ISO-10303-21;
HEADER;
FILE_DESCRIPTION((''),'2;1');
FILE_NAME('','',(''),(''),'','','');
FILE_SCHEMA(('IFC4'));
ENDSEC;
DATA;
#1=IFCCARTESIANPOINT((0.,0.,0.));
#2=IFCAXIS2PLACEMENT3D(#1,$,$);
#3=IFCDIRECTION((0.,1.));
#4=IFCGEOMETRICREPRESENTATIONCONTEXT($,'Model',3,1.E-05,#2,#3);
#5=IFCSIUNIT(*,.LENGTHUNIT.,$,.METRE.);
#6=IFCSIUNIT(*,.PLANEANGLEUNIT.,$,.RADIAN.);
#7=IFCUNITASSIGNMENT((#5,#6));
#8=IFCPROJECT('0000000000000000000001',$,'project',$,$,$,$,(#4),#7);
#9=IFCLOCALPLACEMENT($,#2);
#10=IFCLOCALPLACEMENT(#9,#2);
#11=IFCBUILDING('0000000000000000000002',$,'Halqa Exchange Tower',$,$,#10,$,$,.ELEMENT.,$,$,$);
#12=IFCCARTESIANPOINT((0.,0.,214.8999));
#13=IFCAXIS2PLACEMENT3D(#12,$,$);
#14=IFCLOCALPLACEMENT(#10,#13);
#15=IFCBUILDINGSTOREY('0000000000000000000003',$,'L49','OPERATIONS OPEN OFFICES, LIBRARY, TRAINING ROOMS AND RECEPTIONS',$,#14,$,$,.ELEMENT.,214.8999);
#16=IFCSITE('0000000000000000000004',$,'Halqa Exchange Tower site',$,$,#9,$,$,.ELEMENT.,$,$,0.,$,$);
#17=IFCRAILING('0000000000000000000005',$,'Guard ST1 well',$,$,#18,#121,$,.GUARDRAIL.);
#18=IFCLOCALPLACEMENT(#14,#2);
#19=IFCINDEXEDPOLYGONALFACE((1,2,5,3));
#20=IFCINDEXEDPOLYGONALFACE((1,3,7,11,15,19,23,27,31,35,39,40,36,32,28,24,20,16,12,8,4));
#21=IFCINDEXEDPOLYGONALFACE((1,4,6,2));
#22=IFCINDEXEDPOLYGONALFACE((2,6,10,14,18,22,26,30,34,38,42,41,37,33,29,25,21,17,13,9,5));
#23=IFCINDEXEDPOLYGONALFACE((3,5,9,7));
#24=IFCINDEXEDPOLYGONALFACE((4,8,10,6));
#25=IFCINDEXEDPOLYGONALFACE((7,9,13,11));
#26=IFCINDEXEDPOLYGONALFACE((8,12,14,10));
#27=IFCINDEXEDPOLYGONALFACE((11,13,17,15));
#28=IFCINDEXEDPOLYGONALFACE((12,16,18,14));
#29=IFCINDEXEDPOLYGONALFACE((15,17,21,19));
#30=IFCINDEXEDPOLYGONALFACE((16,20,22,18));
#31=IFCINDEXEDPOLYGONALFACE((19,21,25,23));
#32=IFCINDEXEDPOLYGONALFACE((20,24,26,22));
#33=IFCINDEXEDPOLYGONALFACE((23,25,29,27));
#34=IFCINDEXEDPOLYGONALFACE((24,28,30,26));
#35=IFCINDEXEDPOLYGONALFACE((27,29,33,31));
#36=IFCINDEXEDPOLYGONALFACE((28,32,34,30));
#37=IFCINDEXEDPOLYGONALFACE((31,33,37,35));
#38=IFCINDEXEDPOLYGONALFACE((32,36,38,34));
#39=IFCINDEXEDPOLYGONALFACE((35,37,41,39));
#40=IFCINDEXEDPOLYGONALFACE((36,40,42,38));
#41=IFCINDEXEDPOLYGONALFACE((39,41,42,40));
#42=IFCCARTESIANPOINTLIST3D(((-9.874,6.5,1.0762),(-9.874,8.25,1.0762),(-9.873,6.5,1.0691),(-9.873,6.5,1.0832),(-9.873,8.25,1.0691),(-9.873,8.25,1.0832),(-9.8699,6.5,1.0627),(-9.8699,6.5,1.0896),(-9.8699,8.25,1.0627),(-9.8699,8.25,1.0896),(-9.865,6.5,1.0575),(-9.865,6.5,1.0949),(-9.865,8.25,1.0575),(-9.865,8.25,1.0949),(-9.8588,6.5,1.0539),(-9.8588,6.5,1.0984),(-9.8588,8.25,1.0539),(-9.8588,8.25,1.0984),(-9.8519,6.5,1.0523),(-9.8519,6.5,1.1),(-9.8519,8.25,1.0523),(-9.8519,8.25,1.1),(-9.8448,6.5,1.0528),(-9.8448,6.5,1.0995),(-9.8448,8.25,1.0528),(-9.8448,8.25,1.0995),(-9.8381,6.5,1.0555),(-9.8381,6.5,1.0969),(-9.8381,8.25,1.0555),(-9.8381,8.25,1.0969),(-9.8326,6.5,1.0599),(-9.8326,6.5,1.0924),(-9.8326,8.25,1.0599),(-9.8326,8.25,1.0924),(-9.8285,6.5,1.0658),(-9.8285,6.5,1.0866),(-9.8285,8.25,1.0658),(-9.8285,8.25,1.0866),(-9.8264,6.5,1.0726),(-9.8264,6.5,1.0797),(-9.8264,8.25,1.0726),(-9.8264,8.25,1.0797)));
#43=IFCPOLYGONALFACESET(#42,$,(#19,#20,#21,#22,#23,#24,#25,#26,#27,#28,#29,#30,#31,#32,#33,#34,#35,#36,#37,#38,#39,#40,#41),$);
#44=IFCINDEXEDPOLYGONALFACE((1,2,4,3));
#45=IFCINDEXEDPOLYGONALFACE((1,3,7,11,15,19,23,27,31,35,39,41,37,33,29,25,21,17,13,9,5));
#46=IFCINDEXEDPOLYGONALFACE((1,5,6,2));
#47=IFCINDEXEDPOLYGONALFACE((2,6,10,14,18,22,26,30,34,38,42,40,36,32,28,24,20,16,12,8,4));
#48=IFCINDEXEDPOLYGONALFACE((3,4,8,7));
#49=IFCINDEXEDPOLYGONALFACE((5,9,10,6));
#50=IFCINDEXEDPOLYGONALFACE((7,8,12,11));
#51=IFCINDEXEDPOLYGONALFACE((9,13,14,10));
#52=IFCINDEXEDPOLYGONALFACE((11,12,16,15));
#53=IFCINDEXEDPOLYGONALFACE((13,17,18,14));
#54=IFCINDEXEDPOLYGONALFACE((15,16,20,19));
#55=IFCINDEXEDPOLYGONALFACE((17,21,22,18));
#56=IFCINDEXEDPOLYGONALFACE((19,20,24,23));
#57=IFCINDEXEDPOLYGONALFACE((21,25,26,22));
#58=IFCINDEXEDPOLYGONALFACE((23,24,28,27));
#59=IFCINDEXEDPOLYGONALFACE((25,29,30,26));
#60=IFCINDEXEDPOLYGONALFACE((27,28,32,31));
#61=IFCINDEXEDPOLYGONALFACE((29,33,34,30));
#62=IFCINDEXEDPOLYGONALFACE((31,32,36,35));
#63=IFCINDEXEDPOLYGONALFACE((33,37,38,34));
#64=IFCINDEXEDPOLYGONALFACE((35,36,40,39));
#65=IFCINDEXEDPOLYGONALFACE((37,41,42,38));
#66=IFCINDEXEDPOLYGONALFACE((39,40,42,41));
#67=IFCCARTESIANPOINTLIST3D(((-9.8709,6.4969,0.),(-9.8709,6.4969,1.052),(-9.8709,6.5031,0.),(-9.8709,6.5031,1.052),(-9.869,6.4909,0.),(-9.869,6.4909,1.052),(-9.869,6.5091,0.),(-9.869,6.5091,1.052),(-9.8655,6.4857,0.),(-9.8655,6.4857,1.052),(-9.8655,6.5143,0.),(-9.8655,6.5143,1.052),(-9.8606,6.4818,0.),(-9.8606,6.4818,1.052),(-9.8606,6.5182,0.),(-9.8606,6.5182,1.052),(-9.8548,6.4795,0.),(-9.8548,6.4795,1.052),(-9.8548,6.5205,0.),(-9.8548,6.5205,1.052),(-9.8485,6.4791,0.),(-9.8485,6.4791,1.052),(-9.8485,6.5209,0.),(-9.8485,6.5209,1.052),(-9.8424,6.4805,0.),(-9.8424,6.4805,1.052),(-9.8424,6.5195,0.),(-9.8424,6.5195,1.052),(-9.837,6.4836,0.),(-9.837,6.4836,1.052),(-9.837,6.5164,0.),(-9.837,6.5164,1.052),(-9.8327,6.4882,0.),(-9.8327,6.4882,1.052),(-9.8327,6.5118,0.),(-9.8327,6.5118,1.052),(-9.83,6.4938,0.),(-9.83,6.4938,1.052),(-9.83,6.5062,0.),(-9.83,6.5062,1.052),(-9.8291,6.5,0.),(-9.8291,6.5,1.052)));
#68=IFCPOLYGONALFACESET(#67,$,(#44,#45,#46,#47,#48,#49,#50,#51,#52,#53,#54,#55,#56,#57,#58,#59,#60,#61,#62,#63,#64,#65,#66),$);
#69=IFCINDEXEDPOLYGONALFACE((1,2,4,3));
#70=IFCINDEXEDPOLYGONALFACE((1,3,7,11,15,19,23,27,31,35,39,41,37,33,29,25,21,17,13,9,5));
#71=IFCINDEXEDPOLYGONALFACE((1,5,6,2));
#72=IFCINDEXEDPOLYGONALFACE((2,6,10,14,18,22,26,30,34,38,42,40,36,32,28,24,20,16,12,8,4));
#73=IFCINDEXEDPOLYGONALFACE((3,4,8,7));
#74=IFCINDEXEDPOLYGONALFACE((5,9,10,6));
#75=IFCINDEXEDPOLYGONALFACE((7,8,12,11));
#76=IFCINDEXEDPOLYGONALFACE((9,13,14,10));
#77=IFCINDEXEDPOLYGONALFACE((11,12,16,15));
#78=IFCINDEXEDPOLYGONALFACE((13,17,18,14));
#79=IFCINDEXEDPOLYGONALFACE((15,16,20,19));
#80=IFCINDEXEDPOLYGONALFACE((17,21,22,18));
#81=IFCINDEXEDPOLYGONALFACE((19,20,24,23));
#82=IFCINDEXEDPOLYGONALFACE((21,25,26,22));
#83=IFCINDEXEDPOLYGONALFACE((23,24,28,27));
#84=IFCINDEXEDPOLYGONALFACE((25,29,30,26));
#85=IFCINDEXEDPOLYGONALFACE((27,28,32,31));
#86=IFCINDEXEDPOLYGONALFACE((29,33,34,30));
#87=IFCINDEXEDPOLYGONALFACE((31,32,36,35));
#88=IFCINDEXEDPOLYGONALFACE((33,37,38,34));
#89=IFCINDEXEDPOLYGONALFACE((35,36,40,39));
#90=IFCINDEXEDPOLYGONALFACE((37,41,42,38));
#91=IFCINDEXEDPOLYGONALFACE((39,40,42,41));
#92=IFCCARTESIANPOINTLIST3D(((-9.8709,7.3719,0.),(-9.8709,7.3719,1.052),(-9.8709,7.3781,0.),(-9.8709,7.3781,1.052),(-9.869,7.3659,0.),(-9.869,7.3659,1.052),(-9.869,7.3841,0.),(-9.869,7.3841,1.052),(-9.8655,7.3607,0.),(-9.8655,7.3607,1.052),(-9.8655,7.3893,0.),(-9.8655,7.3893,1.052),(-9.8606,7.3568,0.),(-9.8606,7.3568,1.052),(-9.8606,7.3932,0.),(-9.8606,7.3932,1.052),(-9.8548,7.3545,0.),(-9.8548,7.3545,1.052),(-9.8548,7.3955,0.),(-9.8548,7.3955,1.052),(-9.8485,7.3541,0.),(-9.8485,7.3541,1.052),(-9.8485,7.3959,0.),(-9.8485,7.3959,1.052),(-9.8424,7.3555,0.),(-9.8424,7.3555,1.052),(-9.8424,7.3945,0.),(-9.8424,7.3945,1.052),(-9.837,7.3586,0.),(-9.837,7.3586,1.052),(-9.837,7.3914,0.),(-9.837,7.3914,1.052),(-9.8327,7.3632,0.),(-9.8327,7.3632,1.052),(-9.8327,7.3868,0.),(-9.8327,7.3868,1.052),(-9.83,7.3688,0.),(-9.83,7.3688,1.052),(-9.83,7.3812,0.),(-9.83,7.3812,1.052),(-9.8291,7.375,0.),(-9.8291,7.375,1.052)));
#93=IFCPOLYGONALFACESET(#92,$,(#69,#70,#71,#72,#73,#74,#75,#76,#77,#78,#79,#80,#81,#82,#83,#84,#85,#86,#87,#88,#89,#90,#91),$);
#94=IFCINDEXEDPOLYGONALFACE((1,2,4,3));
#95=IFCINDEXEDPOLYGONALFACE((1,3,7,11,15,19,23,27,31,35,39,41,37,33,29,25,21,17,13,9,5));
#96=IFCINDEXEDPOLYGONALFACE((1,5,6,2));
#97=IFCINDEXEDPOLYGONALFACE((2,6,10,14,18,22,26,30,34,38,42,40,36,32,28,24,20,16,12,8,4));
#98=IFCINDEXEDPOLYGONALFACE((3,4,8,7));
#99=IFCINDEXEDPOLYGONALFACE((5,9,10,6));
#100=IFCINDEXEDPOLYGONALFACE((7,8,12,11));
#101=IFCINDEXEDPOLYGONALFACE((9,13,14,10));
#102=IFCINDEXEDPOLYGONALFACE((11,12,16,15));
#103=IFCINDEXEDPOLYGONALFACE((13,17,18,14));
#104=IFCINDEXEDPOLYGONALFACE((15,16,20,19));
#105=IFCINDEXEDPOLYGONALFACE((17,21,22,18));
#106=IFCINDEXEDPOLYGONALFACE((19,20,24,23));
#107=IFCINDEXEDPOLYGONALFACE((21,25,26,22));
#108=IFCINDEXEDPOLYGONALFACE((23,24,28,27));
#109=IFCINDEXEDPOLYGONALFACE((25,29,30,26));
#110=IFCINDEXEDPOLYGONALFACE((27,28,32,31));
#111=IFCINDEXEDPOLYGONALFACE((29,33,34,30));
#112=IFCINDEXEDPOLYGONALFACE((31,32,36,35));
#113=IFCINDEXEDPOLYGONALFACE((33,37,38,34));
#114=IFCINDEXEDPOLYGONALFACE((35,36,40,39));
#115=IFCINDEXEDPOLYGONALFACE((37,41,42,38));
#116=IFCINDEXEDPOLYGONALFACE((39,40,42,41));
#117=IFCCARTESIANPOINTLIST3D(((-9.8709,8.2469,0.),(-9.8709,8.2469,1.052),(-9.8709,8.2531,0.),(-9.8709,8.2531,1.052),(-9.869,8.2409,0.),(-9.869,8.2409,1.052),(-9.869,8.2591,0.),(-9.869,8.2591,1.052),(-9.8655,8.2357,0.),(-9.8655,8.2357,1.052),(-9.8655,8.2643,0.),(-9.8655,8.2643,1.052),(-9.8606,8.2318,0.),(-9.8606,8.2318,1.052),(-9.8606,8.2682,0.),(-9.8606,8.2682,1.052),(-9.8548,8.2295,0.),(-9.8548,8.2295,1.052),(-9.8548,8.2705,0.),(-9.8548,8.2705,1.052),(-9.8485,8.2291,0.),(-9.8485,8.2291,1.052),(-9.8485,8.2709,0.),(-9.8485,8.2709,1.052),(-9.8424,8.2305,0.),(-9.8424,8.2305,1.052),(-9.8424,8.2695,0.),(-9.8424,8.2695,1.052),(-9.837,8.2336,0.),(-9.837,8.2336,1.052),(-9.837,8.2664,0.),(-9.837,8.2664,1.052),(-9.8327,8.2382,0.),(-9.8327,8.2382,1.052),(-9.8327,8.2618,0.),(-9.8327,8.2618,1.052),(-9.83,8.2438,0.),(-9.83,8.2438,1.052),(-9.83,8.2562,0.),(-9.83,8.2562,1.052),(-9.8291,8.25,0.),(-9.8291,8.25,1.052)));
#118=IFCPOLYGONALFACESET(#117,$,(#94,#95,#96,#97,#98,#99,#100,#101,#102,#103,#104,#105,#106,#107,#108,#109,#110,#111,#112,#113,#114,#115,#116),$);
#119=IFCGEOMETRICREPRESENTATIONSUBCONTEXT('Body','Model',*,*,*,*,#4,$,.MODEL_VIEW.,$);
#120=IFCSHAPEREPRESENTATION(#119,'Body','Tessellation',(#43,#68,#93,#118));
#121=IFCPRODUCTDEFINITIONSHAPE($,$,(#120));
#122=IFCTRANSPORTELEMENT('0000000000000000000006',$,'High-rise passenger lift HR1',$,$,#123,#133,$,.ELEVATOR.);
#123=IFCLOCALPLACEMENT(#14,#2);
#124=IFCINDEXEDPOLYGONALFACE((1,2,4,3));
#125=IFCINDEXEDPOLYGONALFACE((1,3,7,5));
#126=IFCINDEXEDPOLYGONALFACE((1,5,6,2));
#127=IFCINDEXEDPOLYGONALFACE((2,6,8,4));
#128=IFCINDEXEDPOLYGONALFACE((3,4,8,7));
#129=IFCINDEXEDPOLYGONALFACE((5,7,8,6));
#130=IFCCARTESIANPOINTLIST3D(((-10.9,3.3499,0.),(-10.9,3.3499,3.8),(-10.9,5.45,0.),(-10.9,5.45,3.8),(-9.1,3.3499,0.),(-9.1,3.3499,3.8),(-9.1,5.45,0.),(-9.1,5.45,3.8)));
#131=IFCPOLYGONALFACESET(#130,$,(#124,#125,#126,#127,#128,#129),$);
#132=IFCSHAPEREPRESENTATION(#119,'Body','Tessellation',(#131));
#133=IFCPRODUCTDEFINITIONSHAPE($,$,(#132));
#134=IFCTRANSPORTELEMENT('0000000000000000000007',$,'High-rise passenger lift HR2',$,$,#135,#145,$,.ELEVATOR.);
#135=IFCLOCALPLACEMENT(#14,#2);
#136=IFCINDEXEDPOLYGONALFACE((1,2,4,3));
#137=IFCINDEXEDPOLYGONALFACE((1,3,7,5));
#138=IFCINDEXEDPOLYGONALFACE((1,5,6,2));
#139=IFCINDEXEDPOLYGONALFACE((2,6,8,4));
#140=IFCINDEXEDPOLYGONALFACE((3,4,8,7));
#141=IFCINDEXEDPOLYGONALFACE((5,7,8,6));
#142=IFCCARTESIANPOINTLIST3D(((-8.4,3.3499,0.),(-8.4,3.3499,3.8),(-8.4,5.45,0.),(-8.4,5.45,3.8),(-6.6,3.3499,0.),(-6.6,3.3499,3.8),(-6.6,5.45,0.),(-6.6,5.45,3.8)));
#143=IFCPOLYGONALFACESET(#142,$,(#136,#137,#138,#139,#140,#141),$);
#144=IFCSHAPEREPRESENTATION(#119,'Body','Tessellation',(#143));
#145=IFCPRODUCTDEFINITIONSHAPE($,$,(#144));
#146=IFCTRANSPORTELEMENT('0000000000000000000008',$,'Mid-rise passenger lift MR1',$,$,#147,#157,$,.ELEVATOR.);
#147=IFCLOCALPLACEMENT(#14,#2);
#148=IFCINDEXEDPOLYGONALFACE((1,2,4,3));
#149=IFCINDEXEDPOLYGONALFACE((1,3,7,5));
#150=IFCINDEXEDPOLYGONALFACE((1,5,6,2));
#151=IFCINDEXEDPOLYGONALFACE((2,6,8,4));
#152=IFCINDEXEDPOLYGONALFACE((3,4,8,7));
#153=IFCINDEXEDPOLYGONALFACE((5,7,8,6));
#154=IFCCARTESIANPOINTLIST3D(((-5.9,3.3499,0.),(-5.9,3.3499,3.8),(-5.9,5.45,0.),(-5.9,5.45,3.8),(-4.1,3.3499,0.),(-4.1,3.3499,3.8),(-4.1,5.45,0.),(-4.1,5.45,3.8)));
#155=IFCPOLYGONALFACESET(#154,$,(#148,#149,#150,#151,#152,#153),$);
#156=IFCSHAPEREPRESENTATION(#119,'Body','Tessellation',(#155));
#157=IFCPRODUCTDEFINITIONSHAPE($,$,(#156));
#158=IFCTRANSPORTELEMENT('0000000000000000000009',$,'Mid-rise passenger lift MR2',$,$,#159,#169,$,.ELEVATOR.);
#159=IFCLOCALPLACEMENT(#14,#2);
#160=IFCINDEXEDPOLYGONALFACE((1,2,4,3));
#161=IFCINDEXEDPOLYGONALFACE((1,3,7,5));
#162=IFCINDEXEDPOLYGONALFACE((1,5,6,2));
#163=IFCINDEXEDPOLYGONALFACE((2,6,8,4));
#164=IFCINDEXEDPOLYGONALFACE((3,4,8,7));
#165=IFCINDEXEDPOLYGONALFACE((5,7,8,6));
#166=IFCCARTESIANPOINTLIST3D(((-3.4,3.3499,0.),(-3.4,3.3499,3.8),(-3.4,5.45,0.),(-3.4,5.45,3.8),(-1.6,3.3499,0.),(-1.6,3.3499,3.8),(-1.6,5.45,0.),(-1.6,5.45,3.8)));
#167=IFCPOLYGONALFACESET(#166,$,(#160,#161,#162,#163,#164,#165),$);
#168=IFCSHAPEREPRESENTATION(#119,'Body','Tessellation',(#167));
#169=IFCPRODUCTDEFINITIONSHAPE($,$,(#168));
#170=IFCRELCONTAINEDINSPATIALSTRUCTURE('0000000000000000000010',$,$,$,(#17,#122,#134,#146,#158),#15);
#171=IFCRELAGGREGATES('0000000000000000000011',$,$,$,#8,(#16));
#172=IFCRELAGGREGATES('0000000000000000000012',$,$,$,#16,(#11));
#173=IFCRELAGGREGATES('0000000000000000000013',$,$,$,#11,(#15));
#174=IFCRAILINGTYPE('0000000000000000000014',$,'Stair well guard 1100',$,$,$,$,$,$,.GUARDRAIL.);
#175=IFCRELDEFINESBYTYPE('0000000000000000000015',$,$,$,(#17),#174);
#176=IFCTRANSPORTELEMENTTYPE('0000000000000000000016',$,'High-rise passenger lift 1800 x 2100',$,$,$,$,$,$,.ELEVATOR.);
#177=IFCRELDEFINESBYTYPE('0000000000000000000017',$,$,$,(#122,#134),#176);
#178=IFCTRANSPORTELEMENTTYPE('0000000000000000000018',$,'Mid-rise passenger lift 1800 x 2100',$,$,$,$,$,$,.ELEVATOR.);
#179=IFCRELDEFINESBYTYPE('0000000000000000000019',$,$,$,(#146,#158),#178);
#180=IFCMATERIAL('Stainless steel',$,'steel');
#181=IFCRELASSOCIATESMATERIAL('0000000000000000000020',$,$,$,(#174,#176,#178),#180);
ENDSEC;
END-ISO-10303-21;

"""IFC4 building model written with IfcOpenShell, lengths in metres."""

from ifc_helpers import new_model, si_unit, direction, frame, origin, origin_2d, place, context, subcontext, project, spatial, rectangle, circle, extrude, material, type_object, element, save


model = new_model("IFC4")

# Units and contexts
model_context = context("Model", 3, precision=1e-05, world=origin(), true_north=direction((0.0, 1.0)))
body_context = subcontext(model_context, "Body", "Model", "MODEL_VIEW")
ifc_project = project(units=[si_unit("LENGTHUNIT", "METRE"), si_unit("PLANEANGLEUNIT", "RADIAN")], contexts=[model_context])

# Site, building, storey
site_placement = place(None, origin())
site = spatial("IfcSite", under=ifc_project, at=site_placement, Name="Halqa Exchange Tower site", CompositionType="ELEMENT", RefElevation=0.0)
building_placement = place(site_placement, origin())
building = spatial("IfcBuilding", under=site, at=building_placement, Name="Halqa Exchange Tower", CompositionType="ELEMENT")
storey_placement = place(building_placement, frame((0.0, 0.0, 214.8999)))
storey = spatial("IfcBuildingStorey", under=building, at=storey_placement, Name="L49", Description="OPERATIONS OPEN OFFICES, LIBRARY, TRAINING ROOMS AND RECEPTIONS", CompositionType="ELEMENT", Elevation=214.8999)

# Shared definitions
ifc_material_1 = material(Name="Stainless steel", Category="steel")

# Railing
railing_type_1 = type_object("IfcRailingType", Name="Stair well guard 1100", PredefinedType="GUARDRAIL", material=ifc_material_1)
railing_1_placement = place(storey_placement, frame((-9.8501, 6.5, 0.0)))
element("IfcRailing", 1, at=railing_1_placement, inside=storey, type_object=railing_type_1, Name="Guard ST1 well", PredefinedType="GUARDRAIL", context=body_context, shape_type="SweptSolid", body=[
    extrude(circle(Radius=0.0239, at=origin_2d()), frame((0.0, 0.0, 1.0762), z_axis=(0.0, 1.0, 0.0), x_axis=(-1.0, 0.0, 0.0)), (0.0, 0.0, 1.0), 1.75),
    extrude(circle(Radius=0.021, at=origin_2d()), origin(), (0.0, 0.0, 1.0), 1.052),
    extrude(circle(Radius=0.021, at=origin_2d()), frame((0.0, 0.875, 0.0)), (0.0, 0.0, 1.0), 1.052),
    extrude(circle(Radius=0.021, at=origin_2d()), frame((0.0, 1.75, 0.0)), (0.0, 0.0, 1.0), 1.052),
])

# Transport elements
transport_element_type_1 = type_object("IfcTransportElementType", Name="High-rise passenger lift 1800 x 2100", PredefinedType="ELEVATOR", material=ifc_material_1)
for number, where, z_axis, x_axis, name in (
    (2, (-10.0, 4.3999, 0.0), (0.0, 0.0, 1.0), (1.0, 0.0, 0.0), "High-rise passenger lift HR1"),
    (3, (-7.5, 4.3999, 0.0), (0.0, 0.0, 1.0), (1.0, 0.0, 0.0), "High-rise passenger lift HR2"),
):
    element("IfcTransportElement", number, at=place(storey_placement, frame(where, z_axis=z_axis, x_axis=x_axis)), inside=storey, type_object=transport_element_type_1, Name=name, PredefinedType="ELEVATOR", context=body_context, shape_type="SweptSolid", body=[
        extrude(rectangle(XDim=1.8, YDim=2.1001, at=origin_2d()), origin(), (0.0, 0.0, 1.0), 3.8),
    ])
transport_element_type_2 = type_object("IfcTransportElementType", Name="Mid-rise passenger lift 1800 x 2100", PredefinedType="ELEVATOR", material=ifc_material_1)
for number, where, z_axis, x_axis, name in (
    (4, (-5.0, 4.3999, 0.0), (0.0, 0.0, 1.0), (1.0, 0.0, 0.0), "Mid-rise passenger lift MR1"),
    (5, (-2.5, 4.3999, 0.0), (0.0, 0.0, 1.0), (1.0, 0.0, 0.0), "Mid-rise passenger lift MR2"),
):
    element("IfcTransportElement", number, at=place(storey_placement, frame(where, z_axis=z_axis, x_axis=x_axis)), inside=storey, type_object=transport_element_type_2, Name=name, PredefinedType="ELEVATOR", context=body_context, shape_type="SweptSolid", body=[
        extrude(rectangle(XDim=1.8, YDim=2.1001, at=origin_2d()), origin(), (0.0, 0.0, 1.0), 3.8),
    ])

save(model, "model.ifc")
